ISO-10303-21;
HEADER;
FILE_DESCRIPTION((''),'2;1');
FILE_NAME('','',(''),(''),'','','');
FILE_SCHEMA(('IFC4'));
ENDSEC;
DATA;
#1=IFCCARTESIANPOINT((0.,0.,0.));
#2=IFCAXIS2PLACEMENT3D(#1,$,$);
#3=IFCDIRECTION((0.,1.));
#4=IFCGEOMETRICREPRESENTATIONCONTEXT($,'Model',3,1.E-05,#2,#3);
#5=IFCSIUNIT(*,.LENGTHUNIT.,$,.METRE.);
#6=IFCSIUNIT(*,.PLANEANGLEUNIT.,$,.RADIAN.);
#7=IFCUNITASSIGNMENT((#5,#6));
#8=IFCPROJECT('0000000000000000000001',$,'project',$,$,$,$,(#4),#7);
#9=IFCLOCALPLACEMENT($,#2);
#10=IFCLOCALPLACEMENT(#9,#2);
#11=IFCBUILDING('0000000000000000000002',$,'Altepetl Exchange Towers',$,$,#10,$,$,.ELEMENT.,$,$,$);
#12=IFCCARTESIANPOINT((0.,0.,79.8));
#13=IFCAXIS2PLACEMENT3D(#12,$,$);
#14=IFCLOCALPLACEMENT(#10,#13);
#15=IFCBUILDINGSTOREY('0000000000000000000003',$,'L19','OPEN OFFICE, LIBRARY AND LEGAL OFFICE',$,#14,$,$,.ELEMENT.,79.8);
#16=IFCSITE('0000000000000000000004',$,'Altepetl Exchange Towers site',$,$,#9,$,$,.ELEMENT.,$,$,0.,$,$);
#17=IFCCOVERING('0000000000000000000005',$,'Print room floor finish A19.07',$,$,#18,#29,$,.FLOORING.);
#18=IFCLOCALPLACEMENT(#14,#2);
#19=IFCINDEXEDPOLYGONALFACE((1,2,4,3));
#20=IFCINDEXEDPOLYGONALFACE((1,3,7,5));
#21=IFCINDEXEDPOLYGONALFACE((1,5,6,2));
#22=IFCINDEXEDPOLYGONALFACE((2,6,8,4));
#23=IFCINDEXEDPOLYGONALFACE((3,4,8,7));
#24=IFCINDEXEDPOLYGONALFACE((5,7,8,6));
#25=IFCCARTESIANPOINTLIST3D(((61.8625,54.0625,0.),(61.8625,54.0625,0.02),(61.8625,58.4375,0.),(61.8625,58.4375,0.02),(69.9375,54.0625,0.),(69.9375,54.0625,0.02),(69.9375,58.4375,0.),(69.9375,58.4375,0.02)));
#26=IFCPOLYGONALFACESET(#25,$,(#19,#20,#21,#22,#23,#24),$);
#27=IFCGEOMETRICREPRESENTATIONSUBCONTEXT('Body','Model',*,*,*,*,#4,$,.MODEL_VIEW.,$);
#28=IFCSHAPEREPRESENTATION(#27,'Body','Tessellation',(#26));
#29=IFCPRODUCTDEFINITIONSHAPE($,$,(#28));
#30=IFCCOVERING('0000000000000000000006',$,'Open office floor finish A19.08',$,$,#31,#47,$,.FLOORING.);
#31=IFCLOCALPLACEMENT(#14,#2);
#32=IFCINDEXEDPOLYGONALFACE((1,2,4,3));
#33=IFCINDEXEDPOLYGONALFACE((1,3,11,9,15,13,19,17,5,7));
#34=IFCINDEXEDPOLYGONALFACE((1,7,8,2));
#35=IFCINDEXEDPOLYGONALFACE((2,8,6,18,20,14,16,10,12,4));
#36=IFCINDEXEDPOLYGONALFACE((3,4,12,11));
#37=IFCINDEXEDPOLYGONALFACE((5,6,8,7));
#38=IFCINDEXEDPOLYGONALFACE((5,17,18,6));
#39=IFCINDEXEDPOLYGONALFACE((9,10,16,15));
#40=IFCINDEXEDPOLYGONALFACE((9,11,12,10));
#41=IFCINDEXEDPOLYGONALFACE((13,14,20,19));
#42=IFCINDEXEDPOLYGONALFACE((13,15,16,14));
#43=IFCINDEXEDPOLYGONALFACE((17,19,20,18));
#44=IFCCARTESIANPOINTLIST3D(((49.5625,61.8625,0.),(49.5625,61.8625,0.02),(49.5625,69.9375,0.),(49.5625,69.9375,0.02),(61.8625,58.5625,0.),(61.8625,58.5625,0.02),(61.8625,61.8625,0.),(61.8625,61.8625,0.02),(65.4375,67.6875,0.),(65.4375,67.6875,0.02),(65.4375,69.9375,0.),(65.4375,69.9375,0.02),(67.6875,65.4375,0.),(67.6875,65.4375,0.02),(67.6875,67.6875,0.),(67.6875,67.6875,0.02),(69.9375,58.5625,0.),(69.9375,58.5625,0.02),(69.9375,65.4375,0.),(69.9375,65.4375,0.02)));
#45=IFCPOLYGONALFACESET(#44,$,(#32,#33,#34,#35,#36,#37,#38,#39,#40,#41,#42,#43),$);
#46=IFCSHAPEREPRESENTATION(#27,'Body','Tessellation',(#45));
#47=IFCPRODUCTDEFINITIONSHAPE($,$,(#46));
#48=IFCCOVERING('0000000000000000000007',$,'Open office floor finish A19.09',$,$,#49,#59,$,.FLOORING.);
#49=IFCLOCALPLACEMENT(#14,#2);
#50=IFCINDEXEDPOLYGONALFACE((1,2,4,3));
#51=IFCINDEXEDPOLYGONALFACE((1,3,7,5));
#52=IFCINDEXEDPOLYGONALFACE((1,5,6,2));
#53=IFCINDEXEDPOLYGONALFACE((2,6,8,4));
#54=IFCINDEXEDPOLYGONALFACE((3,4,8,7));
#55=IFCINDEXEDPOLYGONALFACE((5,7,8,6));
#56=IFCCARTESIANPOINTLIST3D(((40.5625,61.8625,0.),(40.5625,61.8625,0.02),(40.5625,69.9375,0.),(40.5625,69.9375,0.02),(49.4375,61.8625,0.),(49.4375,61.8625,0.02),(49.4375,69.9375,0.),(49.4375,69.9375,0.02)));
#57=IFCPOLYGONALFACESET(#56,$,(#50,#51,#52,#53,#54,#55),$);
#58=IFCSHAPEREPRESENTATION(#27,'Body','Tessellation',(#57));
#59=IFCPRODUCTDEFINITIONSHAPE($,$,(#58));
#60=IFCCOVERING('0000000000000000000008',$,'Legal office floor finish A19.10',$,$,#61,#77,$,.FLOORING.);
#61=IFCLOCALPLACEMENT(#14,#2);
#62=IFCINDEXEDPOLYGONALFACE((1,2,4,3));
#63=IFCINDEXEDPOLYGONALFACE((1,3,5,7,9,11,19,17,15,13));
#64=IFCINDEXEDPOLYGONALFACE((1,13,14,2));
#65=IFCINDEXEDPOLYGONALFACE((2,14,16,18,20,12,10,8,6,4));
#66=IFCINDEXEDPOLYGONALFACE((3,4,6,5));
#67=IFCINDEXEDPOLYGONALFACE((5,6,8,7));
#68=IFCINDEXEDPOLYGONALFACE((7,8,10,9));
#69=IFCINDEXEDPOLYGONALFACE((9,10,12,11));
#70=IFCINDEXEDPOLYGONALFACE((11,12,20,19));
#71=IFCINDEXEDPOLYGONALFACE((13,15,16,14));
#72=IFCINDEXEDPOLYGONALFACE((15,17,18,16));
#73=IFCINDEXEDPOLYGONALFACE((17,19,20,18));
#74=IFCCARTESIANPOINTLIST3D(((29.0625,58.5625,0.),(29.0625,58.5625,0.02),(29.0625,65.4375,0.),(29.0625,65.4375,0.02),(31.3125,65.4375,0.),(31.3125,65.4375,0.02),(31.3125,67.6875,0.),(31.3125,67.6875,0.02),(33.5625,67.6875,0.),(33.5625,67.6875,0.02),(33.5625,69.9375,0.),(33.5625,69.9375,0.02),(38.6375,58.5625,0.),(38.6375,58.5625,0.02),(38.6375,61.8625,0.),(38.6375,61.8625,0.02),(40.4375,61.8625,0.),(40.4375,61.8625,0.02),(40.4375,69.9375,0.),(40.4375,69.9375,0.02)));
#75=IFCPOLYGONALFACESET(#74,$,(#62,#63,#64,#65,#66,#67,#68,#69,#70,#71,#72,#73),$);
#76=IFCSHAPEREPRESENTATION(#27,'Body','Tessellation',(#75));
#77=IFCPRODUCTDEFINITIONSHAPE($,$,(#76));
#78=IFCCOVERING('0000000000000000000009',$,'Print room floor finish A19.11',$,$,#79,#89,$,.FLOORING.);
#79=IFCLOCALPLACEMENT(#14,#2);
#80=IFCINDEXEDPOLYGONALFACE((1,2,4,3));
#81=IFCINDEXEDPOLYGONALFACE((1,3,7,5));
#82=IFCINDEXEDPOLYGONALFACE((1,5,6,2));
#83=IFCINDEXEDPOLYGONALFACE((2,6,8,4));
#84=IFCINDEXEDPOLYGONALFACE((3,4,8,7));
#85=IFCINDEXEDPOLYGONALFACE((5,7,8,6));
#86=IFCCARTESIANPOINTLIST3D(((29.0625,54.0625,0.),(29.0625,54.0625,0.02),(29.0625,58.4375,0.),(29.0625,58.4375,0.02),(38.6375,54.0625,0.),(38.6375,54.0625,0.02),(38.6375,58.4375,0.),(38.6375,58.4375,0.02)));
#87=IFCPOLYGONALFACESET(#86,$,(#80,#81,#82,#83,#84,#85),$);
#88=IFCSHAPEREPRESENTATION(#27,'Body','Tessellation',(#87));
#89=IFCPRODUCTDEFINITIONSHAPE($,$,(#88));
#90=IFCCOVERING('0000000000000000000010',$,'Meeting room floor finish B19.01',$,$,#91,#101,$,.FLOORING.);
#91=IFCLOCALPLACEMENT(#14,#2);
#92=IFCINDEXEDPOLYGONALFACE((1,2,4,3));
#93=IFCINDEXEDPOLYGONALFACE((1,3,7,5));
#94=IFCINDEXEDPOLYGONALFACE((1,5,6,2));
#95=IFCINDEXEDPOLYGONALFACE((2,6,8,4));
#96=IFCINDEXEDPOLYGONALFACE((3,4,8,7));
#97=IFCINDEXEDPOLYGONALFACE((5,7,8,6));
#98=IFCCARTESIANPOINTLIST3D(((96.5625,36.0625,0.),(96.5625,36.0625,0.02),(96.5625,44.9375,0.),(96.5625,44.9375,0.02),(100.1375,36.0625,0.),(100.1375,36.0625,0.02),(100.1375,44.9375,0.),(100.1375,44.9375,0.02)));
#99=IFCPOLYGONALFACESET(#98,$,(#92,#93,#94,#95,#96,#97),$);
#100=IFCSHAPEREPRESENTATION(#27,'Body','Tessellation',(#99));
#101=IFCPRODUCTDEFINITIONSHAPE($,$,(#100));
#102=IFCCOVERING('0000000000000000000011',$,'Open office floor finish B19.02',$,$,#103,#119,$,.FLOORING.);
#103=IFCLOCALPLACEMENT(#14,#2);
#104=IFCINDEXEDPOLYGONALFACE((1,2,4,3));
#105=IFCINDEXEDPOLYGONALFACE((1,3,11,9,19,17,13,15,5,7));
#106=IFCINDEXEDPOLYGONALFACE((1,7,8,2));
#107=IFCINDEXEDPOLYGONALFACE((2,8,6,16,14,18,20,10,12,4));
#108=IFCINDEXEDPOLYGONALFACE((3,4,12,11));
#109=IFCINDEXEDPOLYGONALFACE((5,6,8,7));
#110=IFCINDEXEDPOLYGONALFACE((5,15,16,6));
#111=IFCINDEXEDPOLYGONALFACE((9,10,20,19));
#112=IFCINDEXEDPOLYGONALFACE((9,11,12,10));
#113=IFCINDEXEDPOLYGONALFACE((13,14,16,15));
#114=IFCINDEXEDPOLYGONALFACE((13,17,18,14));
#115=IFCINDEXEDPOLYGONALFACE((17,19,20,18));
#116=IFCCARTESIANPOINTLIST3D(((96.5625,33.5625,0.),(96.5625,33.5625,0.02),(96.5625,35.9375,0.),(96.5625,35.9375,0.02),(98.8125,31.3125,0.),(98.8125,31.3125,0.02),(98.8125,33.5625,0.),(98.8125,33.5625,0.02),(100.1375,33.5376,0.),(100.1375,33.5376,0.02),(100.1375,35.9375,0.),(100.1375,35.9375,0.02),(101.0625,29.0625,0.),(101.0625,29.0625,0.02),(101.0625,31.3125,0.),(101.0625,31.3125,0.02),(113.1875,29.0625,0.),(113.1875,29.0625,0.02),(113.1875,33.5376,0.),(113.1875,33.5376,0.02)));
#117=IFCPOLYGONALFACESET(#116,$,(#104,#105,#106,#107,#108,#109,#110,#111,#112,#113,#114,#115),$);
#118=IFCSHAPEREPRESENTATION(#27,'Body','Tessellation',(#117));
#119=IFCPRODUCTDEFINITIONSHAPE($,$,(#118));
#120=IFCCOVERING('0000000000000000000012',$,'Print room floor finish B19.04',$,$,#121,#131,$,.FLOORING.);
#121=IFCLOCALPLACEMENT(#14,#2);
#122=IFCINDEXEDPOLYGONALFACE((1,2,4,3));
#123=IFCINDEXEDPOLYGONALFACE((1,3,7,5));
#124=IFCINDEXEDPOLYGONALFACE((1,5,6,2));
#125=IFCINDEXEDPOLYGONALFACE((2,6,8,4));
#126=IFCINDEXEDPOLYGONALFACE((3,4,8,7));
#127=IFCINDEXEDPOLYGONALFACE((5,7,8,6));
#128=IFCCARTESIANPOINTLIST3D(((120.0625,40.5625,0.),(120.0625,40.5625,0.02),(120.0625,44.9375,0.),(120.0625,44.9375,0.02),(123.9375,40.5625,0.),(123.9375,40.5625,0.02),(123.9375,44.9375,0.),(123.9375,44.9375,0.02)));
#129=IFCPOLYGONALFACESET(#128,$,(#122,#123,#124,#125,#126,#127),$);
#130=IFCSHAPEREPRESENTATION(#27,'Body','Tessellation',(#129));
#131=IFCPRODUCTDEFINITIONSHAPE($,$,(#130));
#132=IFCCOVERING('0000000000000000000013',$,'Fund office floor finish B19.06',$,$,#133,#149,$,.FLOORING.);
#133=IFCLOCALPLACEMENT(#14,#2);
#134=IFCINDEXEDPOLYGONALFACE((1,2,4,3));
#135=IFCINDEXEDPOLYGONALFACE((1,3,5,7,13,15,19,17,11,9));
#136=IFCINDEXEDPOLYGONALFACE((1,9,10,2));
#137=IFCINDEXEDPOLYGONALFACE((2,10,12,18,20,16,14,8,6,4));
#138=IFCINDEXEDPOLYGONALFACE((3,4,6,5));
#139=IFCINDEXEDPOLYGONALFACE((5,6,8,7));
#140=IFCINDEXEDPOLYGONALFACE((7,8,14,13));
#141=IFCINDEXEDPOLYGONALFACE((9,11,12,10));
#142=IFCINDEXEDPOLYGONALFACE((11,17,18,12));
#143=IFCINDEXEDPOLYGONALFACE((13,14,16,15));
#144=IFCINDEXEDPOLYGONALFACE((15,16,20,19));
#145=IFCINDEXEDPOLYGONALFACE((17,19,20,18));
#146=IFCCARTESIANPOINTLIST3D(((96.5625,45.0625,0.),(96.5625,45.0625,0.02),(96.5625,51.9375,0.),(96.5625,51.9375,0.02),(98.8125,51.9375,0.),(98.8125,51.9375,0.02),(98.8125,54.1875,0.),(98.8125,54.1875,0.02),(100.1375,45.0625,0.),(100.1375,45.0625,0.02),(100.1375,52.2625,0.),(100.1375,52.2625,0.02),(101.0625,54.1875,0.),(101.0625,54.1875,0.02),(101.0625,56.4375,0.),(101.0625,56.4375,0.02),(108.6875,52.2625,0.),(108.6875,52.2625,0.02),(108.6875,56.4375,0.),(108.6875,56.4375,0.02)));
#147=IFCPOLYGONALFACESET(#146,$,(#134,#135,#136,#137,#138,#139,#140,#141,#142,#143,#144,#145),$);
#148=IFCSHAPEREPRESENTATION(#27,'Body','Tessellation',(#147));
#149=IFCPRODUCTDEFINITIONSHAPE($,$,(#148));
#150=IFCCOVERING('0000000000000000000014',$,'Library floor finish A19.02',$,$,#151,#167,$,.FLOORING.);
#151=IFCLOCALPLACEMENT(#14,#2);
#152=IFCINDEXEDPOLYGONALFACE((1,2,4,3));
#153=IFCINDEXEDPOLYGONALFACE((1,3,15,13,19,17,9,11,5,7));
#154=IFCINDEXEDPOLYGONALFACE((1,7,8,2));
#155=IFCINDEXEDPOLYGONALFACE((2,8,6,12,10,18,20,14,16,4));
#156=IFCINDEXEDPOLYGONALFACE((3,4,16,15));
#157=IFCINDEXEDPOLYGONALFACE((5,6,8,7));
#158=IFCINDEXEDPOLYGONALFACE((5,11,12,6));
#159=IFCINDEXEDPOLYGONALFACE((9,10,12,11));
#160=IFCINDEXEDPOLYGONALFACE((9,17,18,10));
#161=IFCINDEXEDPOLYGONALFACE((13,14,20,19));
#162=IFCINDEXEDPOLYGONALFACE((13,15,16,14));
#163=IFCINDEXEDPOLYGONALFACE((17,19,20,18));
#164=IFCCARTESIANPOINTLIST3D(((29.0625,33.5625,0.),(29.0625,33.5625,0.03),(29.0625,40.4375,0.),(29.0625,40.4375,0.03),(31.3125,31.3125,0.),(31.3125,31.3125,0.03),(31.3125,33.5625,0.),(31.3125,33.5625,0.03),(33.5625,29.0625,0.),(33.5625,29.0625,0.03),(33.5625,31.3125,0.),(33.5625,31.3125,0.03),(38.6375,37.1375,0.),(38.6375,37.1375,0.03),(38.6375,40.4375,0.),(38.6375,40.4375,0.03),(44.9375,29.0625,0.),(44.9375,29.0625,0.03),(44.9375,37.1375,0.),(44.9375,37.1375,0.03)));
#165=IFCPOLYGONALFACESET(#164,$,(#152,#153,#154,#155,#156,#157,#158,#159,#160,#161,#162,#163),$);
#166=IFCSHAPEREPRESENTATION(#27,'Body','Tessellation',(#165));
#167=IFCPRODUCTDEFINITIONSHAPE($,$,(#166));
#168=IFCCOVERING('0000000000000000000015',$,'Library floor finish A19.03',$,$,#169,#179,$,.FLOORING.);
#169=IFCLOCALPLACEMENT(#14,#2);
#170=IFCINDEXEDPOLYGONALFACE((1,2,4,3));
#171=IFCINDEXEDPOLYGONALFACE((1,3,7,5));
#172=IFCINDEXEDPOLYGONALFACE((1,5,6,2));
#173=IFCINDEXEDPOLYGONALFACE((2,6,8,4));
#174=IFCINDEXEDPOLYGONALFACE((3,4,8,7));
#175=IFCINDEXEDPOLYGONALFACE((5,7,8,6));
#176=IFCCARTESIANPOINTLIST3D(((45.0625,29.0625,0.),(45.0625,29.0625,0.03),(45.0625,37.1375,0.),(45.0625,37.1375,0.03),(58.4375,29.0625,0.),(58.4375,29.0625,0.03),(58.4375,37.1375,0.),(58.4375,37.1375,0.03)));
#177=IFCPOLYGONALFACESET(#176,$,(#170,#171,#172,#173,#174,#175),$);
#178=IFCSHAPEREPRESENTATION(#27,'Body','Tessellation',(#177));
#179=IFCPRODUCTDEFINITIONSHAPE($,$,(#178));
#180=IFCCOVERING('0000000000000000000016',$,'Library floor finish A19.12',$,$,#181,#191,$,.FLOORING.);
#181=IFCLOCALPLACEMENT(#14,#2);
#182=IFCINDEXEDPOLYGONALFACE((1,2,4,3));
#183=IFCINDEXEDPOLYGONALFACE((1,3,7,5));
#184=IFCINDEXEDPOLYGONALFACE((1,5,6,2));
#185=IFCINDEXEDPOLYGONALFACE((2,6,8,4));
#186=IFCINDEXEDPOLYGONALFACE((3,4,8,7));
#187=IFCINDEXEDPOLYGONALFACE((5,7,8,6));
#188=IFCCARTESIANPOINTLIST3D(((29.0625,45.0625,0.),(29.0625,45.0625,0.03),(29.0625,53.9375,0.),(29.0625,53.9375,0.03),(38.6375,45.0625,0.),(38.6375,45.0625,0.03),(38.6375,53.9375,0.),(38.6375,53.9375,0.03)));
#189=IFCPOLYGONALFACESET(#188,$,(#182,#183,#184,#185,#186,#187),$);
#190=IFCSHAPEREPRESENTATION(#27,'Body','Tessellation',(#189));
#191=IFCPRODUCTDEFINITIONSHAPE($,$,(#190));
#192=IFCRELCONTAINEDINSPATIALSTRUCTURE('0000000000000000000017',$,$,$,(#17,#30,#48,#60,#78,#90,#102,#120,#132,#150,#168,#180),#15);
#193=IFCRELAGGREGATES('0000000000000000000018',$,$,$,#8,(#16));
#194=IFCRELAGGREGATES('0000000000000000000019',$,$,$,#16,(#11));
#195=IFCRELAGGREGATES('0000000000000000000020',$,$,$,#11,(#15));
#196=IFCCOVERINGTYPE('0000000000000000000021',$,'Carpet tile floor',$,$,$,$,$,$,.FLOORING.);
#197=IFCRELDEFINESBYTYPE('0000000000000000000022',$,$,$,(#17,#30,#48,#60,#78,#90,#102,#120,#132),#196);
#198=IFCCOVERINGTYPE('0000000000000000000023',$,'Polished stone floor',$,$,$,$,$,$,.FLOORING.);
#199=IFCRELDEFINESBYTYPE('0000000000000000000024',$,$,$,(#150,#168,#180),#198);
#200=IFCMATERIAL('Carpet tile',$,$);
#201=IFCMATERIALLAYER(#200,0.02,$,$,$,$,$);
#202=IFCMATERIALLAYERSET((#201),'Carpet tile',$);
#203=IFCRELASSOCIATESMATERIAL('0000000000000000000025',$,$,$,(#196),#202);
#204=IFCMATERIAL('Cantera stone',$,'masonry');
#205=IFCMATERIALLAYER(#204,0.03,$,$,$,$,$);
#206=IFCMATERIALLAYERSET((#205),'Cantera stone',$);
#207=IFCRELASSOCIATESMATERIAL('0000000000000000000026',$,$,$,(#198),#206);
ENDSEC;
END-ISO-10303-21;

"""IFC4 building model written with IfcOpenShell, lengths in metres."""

from ifc_helpers import new_model, si_unit, direction, frame, origin, place, context, subcontext, project, spatial, polyline, outline, extrude, material, layer, layer_set, type_object, element, save


model = new_model("IFC4")

# Units and contexts
model_context = context("Model", 3, precision=1e-05, world=origin(), true_north=direction((0.0, 1.0)))
body_context = subcontext(model_context, "Body", "Model", "MODEL_VIEW")
ifc_project = project(units=[si_unit("LENGTHUNIT", "METRE"), si_unit("PLANEANGLEUNIT", "RADIAN")], contexts=[model_context])

# Site, building, storey
site_placement = place(None, origin())
site = spatial("IfcSite", under=ifc_project, at=site_placement, Name="Altepetl Exchange Towers site", CompositionType="ELEMENT", RefElevation=0.0)
building_placement = place(site_placement, origin())
building = spatial("IfcBuilding", under=site, at=building_placement, Name="Altepetl Exchange Towers", CompositionType="ELEMENT")
storey_placement = place(building_placement, frame((0.0, 0.0, 79.8)))
storey = spatial("IfcBuildingStorey", under=building, at=storey_placement, Name="L19", Description="OPEN OFFICE, LIBRARY AND LEGAL OFFICE", CompositionType="ELEMENT", Elevation=79.8)

# Coverings
ifc_material_1 = material(Name="Carpet tile")
ifc_layer_1 = layer(ifc_material_1, 0.02)
ifc_layer_set_1 = layer_set([ifc_layer_1], Name="Carpet tile")
covering_type_1 = type_object("IfcCoveringType", Name="Carpet tile floor", PredefinedType="FLOORING", material=ifc_layer_set_1)
covering_1_placement = place(storey_placement, origin())
element("IfcCovering", 1, at=covering_1_placement, inside=storey, type_object=covering_type_1, Name="Print room floor finish A19.07", PredefinedType="FLOORING", context=body_context, shape_type="SweptSolid", body=[
    extrude(outline(polyline([(69.9375, 58.4375), (61.8625, 58.4375), (61.8625, 54.0625), (69.9375, 54.0625), (69.9375, 58.4375)])), origin(), (0.0, 0.0, 1.0), 0.02),
])
covering_2_placement = place(storey_placement, origin())
element("IfcCovering", 2, at=covering_2_placement, inside=storey, type_object=covering_type_1, Name="Open office floor finish A19.08", PredefinedType="FLOORING", context=body_context, shape_type="SweptSolid", body=[
    extrude(outline(polyline([(49.5625, 69.9375), (49.5625, 61.8625), (61.8625, 61.8625), (61.8625, 58.5625), (69.9375, 58.5625), (69.9375, 65.4375), (67.6875, 65.4375), (67.6875, 67.6875), (65.4375, 67.6875), (65.4375, 69.9375), (49.5625, 69.9375)])), origin(), (0.0, 0.0, 1.0), 0.02),
])
covering_3_placement = place(storey_placement, origin())
element("IfcCovering", 3, at=covering_3_placement, inside=storey, type_object=covering_type_1, Name="Open office floor finish A19.09", PredefinedType="FLOORING", context=body_context, shape_type="SweptSolid", body=[
    extrude(outline(polyline([(40.5625, 69.9375), (40.5625, 61.8625), (49.4375, 61.8625), (49.4375, 69.9375), (40.5625, 69.9375)])), origin(), (0.0, 0.0, 1.0), 0.02),
])
covering_4_placement = place(storey_placement, origin())
element("IfcCovering", 4, at=covering_4_placement, inside=storey, type_object=covering_type_1, Name="Legal office floor finish A19.10", PredefinedType="FLOORING", context=body_context, shape_type="SweptSolid", body=[
    extrude(outline(polyline([(33.5625, 67.6875), (31.3125, 67.6875), (31.3125, 65.4375), (29.0625, 65.4375), (29.0625, 58.5625), (38.6375, 58.5625), (38.6375, 61.8625), (40.4375, 61.8625), (40.4375, 69.9375), (33.5625, 69.9375), (33.5625, 67.6875)])), origin(), (0.0, 0.0, 1.0), 0.02),
])
covering_5_placement = place(storey_placement, origin())
element("IfcCovering", 5, at=covering_5_placement, inside=storey, type_object=covering_type_1, Name="Print room floor finish A19.11", PredefinedType="FLOORING", context=body_context, shape_type="SweptSolid", body=[
    extrude(outline(polyline([(29.0625, 54.0625), (38.6375, 54.0625), (38.6375, 58.4375), (29.0625, 58.4375), (29.0625, 54.0625)])), origin(), (0.0, 0.0, 1.0), 0.02),
])
covering_6_placement = place(storey_placement, origin())
element("IfcCovering", 6, at=covering_6_placement, inside=storey, type_object=covering_type_1, Name="Meeting room floor finish B19.01", PredefinedType="FLOORING", context=body_context, shape_type="SweptSolid", body=[
    extrude(outline(polyline([(100.1375, 44.9375), (96.5625, 44.9375), (96.5625, 36.0625), (100.1375, 36.0625), (100.1375, 44.9375)])), origin(), (0.0, 0.0, 1.0), 0.02),
])
covering_7_placement = place(storey_placement, origin())
element("IfcCovering", 7, at=covering_7_placement, inside=storey, type_object=covering_type_1, Name="Open office floor finish B19.02", PredefinedType="FLOORING", context=body_context, shape_type="SweptSolid", body=[
    extrude(outline(polyline([(100.1375, 33.5376), (100.1375, 35.9375), (96.5625, 35.9375), (96.5625, 33.5625), (98.8125, 33.5625), (98.8125, 31.3125), (101.0625, 31.3125), (101.0625, 29.0625), (113.1875, 29.0625), (113.1875, 33.5376), (100.1375, 33.5376)])), origin(), (0.0, 0.0, 1.0), 0.02),
])
covering_8_placement = place(storey_placement, origin())
element("IfcCovering", 8, at=covering_8_placement, inside=storey, type_object=covering_type_1, Name="Print room floor finish B19.04", PredefinedType="FLOORING", context=body_context, shape_type="SweptSolid", body=[
    extrude(outline(polyline([(123.9375, 44.9375), (120.0625, 44.9375), (120.0625, 40.5625), (123.9375, 40.5625), (123.9375, 44.9375)])), origin(), (0.0, 0.0, 1.0), 0.02),
])
covering_9_placement = place(storey_placement, origin())
element("IfcCovering", 9, at=covering_9_placement, inside=storey, type_object=covering_type_1, Name="Fund office floor finish B19.06", PredefinedType="FLOORING", context=body_context, shape_type="SweptSolid", body=[
    extrude(outline(polyline([(108.6875, 56.4375), (101.0625, 56.4375), (101.0625, 54.1875), (98.8125, 54.1875), (98.8125, 51.9375), (96.5625, 51.9375), (96.5625, 45.0625), (100.1375, 45.0625), (100.1375, 52.2625), (108.6875, 52.2625), (108.6875, 56.4375)])), origin(), (0.0, 0.0, 1.0), 0.02),
])
ifc_material_2 = material(Name="Cantera stone", Category="masonry")
ifc_layer_2 = layer(ifc_material_2, 0.03)
ifc_layer_set_2 = layer_set([ifc_layer_2], Name="Cantera stone")
covering_type_2 = type_object("IfcCoveringType", Name="Polished stone floor", PredefinedType="FLOORING", material=ifc_layer_set_2)
covering_10_placement = place(storey_placement, origin())
element("IfcCovering", 10, at=covering_10_placement, inside=storey, type_object=covering_type_2, Name="Library floor finish A19.02", PredefinedType="FLOORING", context=body_context, shape_type="SweptSolid", body=[
    extrude(outline(polyline([(44.9375, 29.0625), (44.9375, 37.1375), (38.6375, 37.1375), (38.6375, 40.4375), (29.0625, 40.4375), (29.0625, 33.5625), (31.3125, 33.5625), (31.3125, 31.3125), (33.5625, 31.3125), (33.5625, 29.0625), (44.9375, 29.0625)])), origin(), (0.0, 0.0, 1.0), 0.03),
])
covering_11_placement = place(storey_placement, origin())
element("IfcCovering", 11, at=covering_11_placement, inside=storey, type_object=covering_type_2, Name="Library floor finish A19.03", PredefinedType="FLOORING", context=body_context, shape_type="SweptSolid", body=[
    extrude(outline(polyline([(58.4375, 29.0625), (58.4375, 37.1375), (45.0625, 37.1375), (45.0625, 29.0625), (58.4375, 29.0625)])), origin(), (0.0, 0.0, 1.0), 0.03),
])
covering_12_placement = place(storey_placement, origin())
element("IfcCovering", 12, at=covering_12_placement, inside=storey, type_object=covering_type_2, Name="Library floor finish A19.12", PredefinedType="FLOORING", context=body_context, shape_type="SweptSolid", body=[
    extrude(outline(polyline([(29.0625, 45.0625), (38.6375, 45.0625), (38.6375, 53.9375), (29.0625, 53.9375), (29.0625, 45.0625)])), origin(), (0.0, 0.0, 1.0), 0.03),
])

save(model, "model.ifc")
